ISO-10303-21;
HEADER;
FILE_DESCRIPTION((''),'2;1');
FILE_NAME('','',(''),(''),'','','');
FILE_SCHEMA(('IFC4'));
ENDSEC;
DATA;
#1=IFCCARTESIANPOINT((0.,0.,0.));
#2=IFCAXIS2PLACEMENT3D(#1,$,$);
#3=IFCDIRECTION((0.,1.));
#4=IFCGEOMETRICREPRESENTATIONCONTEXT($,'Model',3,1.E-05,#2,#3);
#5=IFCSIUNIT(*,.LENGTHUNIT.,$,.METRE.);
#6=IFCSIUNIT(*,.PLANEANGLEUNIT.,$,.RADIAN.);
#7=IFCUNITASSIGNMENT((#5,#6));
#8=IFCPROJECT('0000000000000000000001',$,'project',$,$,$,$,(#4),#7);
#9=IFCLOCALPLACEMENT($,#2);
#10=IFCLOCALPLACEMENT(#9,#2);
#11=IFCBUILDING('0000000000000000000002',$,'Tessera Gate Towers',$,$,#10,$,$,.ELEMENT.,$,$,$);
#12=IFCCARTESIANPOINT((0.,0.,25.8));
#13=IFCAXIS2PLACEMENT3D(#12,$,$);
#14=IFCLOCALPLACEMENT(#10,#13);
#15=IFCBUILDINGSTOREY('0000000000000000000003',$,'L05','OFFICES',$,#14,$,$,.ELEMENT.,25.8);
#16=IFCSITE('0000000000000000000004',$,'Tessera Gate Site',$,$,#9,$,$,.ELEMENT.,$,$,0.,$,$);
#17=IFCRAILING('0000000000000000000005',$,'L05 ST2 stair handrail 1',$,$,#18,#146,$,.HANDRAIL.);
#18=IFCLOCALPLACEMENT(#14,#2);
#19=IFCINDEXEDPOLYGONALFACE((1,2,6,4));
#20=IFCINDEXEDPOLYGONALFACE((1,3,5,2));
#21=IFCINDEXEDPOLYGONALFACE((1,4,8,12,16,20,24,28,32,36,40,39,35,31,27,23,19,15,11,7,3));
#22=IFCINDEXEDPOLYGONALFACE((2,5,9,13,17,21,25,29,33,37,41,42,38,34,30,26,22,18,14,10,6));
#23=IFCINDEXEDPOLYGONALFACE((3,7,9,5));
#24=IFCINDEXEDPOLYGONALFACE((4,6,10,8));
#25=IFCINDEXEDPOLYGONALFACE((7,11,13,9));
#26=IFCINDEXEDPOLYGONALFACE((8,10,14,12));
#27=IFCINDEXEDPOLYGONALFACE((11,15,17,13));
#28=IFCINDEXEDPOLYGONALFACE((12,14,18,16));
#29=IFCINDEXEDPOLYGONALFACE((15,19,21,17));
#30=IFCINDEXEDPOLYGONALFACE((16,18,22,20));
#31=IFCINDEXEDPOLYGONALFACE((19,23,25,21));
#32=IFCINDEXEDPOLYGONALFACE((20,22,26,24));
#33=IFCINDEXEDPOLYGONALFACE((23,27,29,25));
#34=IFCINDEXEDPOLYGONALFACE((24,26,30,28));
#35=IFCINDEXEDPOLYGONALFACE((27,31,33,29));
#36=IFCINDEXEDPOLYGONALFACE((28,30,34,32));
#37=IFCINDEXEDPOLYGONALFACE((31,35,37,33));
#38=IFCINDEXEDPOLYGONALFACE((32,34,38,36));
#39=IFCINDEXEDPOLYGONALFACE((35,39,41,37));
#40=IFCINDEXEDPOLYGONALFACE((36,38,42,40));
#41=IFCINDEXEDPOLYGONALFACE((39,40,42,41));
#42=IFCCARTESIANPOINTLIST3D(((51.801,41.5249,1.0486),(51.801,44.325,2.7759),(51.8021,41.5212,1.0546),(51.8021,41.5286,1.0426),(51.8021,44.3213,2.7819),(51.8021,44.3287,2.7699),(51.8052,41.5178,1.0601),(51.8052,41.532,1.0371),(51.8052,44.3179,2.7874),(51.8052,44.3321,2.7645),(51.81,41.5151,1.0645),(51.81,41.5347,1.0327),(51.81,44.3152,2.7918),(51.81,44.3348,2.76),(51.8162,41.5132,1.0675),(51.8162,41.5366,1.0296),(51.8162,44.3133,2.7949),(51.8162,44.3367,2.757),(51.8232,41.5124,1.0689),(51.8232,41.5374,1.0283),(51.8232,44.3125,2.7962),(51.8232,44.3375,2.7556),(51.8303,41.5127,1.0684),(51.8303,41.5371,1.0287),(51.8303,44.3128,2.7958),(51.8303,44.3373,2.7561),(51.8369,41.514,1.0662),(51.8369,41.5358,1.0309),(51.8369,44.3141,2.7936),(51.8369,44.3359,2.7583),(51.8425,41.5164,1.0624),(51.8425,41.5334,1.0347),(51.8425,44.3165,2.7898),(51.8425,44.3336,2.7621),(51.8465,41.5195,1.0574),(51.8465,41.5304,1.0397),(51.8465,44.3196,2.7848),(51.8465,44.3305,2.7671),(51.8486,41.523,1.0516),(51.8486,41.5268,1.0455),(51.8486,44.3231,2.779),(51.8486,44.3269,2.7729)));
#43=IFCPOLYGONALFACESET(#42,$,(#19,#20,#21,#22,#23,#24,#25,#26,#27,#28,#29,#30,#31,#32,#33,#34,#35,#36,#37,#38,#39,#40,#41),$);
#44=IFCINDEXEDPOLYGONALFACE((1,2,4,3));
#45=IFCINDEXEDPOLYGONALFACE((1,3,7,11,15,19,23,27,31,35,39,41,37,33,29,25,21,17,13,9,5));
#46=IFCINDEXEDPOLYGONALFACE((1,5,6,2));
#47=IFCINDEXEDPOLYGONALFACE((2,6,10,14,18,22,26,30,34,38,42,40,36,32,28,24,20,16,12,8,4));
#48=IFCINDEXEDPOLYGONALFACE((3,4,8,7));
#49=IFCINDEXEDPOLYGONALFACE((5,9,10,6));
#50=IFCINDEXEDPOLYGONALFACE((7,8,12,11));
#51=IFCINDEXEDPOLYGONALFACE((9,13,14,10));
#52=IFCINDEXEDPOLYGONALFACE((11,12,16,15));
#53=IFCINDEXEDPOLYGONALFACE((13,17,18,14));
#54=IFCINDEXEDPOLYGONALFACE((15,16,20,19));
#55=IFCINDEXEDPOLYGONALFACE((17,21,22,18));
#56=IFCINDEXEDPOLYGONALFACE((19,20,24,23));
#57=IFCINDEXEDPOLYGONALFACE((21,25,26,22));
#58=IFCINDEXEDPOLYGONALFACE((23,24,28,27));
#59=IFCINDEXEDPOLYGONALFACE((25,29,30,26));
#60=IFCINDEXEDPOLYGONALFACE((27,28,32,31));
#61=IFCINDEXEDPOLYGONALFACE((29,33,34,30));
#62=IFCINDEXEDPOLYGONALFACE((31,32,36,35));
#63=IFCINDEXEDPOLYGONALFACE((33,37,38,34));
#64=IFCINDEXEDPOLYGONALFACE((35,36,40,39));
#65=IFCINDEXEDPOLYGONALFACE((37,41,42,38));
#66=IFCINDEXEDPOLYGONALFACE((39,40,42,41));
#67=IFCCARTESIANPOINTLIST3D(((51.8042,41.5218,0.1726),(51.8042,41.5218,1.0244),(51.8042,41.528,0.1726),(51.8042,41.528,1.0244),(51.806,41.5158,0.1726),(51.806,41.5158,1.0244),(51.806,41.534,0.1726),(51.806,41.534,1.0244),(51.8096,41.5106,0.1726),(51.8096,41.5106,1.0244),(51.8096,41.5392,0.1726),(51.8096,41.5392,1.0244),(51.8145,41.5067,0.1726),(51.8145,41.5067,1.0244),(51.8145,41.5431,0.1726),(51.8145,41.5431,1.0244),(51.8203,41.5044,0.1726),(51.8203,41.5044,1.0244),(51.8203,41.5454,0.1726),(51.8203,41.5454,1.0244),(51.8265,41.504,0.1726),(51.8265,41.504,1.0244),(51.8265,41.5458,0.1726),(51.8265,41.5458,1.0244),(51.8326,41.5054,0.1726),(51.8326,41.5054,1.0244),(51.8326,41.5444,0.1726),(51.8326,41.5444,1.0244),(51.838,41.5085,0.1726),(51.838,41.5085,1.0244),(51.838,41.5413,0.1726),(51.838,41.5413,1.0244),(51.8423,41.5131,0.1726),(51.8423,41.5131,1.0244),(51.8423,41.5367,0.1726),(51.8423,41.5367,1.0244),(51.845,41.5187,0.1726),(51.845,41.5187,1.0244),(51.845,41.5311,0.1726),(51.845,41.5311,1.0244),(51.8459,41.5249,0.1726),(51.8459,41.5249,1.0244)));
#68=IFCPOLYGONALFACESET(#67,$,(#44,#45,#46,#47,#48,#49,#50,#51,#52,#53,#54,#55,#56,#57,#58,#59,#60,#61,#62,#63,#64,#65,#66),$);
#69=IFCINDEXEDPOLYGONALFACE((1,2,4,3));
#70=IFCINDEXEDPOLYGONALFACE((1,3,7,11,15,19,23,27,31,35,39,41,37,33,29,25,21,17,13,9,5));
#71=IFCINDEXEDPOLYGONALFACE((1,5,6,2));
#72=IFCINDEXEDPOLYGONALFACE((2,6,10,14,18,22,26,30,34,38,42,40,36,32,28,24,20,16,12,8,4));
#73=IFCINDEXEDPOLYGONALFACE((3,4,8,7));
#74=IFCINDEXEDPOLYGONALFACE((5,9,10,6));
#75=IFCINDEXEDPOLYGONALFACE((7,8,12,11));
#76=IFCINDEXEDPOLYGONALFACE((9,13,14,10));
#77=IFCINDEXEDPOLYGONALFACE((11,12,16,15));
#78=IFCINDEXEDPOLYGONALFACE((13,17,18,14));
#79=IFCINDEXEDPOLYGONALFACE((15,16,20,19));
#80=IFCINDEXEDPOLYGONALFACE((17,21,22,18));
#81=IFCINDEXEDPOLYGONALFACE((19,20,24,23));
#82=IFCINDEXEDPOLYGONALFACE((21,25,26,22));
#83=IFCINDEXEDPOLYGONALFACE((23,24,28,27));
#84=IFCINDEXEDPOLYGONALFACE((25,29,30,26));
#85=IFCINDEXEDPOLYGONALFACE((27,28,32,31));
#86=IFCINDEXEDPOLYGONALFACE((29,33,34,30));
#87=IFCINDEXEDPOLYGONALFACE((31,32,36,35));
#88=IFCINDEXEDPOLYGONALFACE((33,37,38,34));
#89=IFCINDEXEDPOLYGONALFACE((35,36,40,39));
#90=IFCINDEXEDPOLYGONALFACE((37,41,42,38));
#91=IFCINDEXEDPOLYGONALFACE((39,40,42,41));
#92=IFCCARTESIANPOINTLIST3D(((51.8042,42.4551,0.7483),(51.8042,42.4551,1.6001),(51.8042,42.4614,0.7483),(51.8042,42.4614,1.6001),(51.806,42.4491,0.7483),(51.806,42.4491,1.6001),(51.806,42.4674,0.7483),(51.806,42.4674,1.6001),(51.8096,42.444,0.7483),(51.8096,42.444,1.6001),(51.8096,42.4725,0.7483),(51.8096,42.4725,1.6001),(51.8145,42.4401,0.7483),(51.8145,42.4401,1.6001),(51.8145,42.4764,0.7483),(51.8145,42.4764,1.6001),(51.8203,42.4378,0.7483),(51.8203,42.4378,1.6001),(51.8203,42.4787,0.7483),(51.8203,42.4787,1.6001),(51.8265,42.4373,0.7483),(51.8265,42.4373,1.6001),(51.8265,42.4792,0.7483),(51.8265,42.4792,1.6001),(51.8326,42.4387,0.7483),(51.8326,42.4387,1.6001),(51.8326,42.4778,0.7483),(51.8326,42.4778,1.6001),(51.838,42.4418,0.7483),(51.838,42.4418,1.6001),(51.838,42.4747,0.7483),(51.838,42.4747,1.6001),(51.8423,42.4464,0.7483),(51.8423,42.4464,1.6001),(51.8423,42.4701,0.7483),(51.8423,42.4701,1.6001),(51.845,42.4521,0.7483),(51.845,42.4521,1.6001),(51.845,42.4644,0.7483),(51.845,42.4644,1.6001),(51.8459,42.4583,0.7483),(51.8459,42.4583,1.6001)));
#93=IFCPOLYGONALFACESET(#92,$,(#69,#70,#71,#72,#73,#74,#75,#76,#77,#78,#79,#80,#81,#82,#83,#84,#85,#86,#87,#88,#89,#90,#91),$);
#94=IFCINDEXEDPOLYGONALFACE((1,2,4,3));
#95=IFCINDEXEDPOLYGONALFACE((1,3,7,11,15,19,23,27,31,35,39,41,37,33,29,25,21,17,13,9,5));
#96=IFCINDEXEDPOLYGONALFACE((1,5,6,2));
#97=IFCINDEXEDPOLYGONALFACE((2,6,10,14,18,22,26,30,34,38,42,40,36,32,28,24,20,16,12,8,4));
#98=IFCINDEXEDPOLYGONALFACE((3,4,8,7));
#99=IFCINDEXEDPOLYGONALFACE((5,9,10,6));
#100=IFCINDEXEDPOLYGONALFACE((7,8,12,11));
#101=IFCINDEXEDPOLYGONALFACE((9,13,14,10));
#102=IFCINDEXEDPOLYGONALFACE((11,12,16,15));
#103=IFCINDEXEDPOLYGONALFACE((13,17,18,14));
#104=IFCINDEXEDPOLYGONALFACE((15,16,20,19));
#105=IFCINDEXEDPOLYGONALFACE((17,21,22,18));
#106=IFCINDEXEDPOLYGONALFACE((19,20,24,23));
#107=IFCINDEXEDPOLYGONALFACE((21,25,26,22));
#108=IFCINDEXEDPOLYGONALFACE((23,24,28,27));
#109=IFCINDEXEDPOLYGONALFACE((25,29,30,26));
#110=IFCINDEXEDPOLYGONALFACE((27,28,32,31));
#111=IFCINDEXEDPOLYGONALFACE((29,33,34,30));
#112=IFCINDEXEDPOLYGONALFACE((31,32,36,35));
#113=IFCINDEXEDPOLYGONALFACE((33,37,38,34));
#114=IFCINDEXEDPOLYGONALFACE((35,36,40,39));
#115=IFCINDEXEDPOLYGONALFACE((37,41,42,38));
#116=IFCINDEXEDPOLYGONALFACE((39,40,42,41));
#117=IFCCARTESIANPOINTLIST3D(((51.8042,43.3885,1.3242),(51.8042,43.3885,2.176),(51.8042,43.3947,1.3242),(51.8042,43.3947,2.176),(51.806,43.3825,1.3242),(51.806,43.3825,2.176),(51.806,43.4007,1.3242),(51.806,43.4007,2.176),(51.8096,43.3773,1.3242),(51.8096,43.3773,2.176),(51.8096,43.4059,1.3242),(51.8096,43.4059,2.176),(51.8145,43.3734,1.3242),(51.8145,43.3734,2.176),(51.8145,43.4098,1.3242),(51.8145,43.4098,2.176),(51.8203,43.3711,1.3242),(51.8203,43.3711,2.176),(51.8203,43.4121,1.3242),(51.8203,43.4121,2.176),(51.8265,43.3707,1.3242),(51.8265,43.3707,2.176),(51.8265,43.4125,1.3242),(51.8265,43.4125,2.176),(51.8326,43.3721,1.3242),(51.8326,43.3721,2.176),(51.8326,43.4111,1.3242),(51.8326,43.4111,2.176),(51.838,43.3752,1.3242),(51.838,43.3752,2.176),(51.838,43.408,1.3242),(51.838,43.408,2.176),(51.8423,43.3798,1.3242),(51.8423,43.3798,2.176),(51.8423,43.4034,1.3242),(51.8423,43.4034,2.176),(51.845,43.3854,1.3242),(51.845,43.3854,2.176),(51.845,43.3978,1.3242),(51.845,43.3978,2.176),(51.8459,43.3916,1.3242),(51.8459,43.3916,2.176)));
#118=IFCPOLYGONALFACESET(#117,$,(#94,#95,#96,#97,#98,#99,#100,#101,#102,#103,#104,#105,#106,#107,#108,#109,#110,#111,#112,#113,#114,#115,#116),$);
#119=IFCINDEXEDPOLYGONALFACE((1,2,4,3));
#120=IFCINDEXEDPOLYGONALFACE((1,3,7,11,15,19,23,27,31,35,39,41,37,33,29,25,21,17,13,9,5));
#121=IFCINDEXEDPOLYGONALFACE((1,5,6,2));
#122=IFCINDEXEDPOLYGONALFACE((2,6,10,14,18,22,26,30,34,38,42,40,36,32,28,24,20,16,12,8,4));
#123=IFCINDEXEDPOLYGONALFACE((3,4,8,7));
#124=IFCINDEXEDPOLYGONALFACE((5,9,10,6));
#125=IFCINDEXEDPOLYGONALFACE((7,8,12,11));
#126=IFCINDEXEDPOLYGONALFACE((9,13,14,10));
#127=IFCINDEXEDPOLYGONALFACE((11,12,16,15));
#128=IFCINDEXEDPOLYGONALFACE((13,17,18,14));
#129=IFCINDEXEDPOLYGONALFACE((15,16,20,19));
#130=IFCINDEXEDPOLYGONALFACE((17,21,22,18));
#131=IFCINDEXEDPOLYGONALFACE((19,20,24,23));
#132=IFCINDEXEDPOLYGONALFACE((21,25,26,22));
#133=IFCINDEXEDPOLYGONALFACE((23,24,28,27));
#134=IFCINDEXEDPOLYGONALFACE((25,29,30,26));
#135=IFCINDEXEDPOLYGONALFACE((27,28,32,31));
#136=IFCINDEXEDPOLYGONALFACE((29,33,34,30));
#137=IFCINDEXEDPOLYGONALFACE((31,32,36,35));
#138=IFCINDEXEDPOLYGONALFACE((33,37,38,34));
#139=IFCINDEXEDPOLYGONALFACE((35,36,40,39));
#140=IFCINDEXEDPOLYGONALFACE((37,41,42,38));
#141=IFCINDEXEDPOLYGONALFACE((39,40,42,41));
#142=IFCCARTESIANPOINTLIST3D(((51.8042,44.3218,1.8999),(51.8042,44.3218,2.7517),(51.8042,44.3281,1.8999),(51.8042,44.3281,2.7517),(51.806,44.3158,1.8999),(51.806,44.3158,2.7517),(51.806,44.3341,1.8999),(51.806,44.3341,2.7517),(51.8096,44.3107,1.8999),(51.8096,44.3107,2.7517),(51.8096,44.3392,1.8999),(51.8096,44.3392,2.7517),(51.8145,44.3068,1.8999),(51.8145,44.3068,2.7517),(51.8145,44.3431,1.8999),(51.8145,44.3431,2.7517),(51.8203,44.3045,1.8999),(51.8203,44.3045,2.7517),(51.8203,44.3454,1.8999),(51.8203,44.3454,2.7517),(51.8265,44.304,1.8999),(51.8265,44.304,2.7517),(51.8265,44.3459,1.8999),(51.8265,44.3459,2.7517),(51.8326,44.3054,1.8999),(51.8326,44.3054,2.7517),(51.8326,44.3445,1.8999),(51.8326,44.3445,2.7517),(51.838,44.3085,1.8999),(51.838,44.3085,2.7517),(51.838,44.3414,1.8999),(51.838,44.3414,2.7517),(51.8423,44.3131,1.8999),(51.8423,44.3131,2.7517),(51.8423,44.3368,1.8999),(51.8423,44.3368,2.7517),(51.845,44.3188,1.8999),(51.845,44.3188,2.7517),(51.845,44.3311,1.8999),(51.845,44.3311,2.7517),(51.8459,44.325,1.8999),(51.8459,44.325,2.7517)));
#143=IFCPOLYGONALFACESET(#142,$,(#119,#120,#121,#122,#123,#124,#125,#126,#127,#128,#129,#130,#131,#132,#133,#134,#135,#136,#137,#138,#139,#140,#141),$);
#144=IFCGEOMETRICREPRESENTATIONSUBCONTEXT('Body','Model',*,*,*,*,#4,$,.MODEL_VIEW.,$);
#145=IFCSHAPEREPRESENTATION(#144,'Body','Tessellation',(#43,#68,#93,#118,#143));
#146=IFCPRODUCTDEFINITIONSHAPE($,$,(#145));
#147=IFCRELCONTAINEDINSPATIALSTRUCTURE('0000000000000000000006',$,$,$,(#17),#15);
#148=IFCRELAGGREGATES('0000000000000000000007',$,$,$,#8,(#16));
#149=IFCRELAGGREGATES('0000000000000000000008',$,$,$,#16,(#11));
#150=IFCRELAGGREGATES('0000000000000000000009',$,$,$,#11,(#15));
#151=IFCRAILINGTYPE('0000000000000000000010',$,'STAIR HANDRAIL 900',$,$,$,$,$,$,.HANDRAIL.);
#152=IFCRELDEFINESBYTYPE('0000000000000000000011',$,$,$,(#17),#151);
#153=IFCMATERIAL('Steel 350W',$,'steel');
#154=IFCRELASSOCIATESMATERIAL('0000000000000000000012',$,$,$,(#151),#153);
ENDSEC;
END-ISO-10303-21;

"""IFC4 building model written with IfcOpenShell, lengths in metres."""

from ifc_helpers import new_model, si_unit, direction, frame, origin, origin_2d, place, context, subcontext, project, spatial, circle, extrude, material, type_object, element, save


model = new_model("IFC4")

# Units and contexts
model_context = context("Model", 3, precision=1e-05, world=origin(), true_north=direction((0.0, 1.0)))
body_context = subcontext(model_context, "Body", "Model", "MODEL_VIEW")
ifc_project = project(units=[si_unit("LENGTHUNIT", "METRE"), si_unit("PLANEANGLEUNIT", "RADIAN")], contexts=[model_context])

# Site, building, storey
site_placement = place(None, origin())
site = spatial("IfcSite", under=ifc_project, at=site_placement, Name="Tessera Gate Site", CompositionType="ELEMENT", RefElevation=0.0)
building_placement = place(site_placement, origin())
building = spatial("IfcBuilding", under=site, at=building_placement, Name="Tessera Gate Towers", CompositionType="ELEMENT")
storey_placement = place(building_placement, frame((0.0, 0.0, 25.8)))
storey = spatial("IfcBuildingStorey", under=building, at=storey_placement, Name="L05", Description="OFFICES", CompositionType="ELEMENT", Elevation=25.8)

# Railing
ifc_material_1 = material(Name="Steel 350W", Category="steel")
railing_type_1 = type_object("IfcRailingType", Name="STAIR HANDRAIL 900", PredefinedType="HANDRAIL", material=ifc_material_1)
for number, where, name in (
    (1, (51.825, 41.5249, 0.1726), "L05 ST2 stair handrail 1"),
):
    element("IfcRailing", number, at=place(storey_placement, frame(where)), inside=storey, type_object=railing_type_1, Name=name, PredefinedType="HANDRAIL", context=body_context, shape_type="SweptSolid", body=[
        extrude(circle(Radius=0.0239, at=origin_2d()), frame((0.0, 0.0, 0.876), z_axis=(0.0, 0.85109, 0.52502), x_axis=(-1.0, 0.0, 0.0)), (0.0, 0.0, 1.0), 3.29),
        extrude(circle(Radius=0.021, at=origin_2d()), origin(), (0.0, 0.0, 1.0), 0.8518),
        extrude(circle(Radius=0.021, at=origin_2d()), frame((0.0, 0.9333, 0.5757)), (0.0, 0.0, 1.0), 0.8518),
        extrude(circle(Radius=0.021, at=origin_2d()), frame((0.0, 1.8667, 1.1516)), (0.0, 0.0, 1.0), 0.8518),
        extrude(circle(Radius=0.021, at=origin_2d()), frame((0.0, 2.8, 1.7273)), (0.0, 0.0, 1.0), 0.8518),
    ])

save(model, "model.ifc")
